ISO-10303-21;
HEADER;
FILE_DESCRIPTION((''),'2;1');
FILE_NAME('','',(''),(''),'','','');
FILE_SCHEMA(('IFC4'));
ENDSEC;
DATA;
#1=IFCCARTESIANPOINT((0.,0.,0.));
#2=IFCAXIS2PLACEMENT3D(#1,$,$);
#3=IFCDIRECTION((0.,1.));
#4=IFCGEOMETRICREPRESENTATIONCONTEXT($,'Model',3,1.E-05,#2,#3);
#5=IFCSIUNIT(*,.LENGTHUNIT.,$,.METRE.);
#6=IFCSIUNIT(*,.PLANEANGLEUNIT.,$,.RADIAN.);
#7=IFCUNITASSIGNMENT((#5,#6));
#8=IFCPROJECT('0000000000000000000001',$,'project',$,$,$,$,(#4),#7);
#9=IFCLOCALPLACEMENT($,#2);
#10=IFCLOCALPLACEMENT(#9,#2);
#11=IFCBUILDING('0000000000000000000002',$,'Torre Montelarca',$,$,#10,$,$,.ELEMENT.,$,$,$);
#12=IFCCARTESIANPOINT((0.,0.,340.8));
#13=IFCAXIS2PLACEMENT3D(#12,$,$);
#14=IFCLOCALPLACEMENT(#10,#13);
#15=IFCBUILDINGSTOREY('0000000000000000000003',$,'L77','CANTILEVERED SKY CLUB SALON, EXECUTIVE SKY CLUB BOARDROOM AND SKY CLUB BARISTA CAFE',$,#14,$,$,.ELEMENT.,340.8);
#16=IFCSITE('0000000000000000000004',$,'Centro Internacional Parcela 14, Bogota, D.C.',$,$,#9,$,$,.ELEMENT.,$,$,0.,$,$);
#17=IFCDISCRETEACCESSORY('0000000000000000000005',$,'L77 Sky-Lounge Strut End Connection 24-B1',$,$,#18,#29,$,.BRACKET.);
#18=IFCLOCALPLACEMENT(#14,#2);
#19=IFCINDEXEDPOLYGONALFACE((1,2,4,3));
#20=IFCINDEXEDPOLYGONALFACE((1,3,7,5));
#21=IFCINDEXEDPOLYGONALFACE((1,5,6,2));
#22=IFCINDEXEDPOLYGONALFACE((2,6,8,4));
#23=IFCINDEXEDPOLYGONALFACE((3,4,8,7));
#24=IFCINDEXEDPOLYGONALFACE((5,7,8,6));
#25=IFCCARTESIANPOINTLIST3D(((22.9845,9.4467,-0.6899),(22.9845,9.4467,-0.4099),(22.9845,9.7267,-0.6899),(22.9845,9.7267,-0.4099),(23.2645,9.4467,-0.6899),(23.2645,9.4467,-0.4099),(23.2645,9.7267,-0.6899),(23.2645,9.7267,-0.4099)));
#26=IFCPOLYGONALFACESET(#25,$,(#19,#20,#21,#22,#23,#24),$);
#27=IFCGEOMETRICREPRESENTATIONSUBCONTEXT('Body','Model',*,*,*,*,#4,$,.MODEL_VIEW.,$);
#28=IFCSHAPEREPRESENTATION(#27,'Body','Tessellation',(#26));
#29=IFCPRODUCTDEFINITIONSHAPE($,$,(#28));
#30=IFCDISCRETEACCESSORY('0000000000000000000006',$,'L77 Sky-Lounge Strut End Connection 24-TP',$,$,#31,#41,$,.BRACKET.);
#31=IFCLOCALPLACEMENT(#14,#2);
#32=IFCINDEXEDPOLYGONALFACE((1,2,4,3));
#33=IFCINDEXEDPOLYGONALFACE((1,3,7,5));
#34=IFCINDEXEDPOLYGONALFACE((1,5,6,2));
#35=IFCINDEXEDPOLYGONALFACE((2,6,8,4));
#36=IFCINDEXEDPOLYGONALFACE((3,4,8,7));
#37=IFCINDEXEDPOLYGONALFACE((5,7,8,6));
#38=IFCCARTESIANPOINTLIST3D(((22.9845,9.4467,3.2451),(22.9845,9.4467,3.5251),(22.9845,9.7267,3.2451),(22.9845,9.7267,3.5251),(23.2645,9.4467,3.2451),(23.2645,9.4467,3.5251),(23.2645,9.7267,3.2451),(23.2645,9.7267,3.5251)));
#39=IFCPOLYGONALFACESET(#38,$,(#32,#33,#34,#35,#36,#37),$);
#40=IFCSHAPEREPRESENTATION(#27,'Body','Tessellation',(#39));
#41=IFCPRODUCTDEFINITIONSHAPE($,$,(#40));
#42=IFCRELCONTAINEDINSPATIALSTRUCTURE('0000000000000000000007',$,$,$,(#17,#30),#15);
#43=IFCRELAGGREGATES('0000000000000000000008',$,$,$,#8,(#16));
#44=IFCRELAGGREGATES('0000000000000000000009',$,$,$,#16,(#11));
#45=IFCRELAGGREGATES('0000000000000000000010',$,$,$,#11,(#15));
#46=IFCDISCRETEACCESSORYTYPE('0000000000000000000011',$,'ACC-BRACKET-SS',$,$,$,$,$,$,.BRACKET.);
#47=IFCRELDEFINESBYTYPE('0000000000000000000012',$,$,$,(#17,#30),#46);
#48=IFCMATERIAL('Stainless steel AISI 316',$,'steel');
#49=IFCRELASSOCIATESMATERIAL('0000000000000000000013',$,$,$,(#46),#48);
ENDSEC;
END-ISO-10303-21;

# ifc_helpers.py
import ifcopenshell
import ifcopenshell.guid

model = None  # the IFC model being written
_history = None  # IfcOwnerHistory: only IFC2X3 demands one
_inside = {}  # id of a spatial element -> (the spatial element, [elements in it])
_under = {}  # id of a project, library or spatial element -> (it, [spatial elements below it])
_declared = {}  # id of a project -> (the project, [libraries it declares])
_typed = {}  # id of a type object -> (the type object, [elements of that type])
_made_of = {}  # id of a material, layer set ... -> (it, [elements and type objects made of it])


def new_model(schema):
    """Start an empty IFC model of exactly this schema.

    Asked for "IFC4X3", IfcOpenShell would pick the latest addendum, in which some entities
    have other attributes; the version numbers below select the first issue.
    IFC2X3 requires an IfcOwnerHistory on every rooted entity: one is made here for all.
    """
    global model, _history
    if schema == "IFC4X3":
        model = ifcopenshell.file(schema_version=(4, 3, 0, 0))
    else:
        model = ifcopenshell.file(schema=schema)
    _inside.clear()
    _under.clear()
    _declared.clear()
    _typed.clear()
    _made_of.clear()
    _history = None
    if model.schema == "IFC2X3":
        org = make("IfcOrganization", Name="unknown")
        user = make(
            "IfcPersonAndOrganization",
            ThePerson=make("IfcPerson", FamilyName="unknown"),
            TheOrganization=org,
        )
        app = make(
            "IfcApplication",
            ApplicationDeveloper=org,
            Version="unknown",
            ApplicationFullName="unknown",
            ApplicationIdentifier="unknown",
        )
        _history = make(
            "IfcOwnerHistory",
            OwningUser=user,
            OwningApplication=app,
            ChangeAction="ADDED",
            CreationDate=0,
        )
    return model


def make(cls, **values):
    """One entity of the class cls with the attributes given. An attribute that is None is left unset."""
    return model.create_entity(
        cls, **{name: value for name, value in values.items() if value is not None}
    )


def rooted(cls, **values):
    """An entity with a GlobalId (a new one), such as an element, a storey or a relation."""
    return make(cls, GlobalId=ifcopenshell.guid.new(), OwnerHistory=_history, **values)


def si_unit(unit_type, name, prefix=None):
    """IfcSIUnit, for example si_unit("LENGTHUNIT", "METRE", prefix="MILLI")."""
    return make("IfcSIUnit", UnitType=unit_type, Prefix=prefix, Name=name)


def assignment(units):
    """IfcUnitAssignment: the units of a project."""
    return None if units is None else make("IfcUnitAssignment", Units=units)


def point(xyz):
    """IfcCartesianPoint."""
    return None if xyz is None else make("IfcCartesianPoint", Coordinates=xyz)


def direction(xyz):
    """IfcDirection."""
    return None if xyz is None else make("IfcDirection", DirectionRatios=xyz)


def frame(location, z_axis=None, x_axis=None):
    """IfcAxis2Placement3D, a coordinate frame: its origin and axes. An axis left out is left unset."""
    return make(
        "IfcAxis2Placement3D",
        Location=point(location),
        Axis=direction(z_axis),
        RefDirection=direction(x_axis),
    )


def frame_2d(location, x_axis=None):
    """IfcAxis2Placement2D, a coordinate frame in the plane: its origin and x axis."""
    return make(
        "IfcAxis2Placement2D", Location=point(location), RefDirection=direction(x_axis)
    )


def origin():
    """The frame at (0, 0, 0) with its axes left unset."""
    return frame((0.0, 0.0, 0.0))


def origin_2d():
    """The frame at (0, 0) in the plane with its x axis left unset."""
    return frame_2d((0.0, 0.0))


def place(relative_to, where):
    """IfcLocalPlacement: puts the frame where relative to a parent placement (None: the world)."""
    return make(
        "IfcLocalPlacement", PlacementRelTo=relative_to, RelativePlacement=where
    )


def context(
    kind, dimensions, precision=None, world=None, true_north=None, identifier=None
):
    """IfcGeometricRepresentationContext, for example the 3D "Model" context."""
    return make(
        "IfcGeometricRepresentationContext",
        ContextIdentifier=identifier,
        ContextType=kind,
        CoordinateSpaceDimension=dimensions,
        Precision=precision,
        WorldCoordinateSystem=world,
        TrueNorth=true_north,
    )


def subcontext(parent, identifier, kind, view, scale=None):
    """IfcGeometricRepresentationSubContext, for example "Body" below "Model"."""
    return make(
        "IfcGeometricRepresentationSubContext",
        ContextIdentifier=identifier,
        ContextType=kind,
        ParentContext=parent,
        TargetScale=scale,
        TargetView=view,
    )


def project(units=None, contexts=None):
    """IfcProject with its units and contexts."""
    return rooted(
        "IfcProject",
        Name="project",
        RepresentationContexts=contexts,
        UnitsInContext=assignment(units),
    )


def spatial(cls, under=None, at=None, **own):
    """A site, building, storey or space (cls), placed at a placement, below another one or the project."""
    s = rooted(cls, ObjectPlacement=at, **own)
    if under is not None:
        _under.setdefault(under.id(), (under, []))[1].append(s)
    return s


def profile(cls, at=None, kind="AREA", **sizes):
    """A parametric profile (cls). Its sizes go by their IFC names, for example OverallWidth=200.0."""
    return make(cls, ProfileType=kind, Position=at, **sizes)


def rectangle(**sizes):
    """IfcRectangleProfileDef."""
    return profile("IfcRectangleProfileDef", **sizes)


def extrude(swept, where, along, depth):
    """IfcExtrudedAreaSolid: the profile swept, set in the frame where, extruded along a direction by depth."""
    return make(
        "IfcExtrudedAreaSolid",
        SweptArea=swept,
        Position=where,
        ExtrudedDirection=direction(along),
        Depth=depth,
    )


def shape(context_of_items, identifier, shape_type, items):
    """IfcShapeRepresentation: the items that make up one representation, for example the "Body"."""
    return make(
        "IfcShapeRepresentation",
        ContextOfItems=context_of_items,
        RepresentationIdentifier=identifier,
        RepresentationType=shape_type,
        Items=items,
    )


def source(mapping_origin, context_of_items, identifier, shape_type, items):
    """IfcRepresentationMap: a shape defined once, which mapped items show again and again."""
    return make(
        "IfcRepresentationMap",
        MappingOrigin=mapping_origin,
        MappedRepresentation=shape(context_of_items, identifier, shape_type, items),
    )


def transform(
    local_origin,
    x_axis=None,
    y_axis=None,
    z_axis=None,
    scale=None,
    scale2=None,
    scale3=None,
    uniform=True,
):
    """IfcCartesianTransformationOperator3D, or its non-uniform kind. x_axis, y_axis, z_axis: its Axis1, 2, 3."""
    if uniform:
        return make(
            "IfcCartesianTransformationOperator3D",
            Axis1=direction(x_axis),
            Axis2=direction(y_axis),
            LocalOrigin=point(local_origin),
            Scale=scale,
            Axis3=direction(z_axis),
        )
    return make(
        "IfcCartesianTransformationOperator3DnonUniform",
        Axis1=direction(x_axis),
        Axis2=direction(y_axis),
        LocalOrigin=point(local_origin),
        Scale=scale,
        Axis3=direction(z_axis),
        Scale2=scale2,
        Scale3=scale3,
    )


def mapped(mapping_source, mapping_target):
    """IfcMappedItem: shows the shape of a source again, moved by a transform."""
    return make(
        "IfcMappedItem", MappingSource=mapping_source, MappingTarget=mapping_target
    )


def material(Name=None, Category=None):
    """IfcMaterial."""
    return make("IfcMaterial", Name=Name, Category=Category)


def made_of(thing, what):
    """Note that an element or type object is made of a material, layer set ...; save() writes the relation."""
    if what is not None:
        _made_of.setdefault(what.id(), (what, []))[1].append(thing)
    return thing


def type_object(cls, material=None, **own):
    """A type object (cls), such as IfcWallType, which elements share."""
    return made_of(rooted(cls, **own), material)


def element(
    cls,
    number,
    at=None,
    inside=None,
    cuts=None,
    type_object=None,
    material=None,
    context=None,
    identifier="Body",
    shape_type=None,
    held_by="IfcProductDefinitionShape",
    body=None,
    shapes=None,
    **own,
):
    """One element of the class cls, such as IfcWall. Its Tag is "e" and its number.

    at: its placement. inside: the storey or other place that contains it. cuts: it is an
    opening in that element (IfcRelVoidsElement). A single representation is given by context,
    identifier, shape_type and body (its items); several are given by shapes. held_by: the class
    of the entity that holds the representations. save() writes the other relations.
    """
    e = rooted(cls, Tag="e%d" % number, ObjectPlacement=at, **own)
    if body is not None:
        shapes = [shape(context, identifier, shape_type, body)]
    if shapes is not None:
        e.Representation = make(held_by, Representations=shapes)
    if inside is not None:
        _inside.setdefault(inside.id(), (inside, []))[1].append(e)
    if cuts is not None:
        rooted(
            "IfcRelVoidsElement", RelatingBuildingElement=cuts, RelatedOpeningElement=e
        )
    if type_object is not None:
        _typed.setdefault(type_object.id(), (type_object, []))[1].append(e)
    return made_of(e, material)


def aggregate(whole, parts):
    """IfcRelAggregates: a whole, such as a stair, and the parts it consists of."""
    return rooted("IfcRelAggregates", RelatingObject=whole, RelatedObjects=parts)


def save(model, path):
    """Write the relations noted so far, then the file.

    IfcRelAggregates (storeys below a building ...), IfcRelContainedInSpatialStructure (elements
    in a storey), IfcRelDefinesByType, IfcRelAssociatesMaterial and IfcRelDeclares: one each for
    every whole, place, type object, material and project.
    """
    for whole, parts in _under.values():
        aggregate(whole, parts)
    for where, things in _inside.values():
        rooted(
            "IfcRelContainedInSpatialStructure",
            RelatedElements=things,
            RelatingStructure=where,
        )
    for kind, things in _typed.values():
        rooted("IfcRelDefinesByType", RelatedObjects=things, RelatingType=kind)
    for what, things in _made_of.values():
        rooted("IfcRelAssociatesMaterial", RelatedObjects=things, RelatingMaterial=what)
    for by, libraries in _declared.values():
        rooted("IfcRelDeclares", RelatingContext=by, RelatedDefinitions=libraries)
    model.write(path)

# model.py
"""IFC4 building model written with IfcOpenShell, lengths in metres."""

from ifc_helpers import new_model, si_unit, direction, frame, origin, origin_2d, place, context, subcontext, project, spatial, rectangle, extrude, source, transform, mapped, material, type_object, element, save


model = new_model("IFC4")

# Units and contexts
model_context = context("Model", 3, precision=1e-05, world=origin(), true_north=direction((0.0, 1.0)))
body_context = subcontext(model_context, "Body", "Model", "MODEL_VIEW")
ifc_project = project(units=[si_unit("LENGTHUNIT", "METRE"), si_unit("PLANEANGLEUNIT", "RADIAN")], contexts=[model_context])

# Site, building, storey
site_placement = place(None, origin())
site = spatial("IfcSite", under=ifc_project, at=site_placement, Name="Centro Internacional Parcela 14, Bogota, D.C.", CompositionType="ELEMENT", RefElevation=0.0)
building_placement = place(site_placement, origin())
building = spatial("IfcBuilding", under=site, at=building_placement, Name="Torre Montelarca", CompositionType="ELEMENT")
storey_placement = place(building_placement, frame((0.0, 0.0, 340.8)))
storey = spatial("IfcBuildingStorey", under=building, at=storey_placement, Name="L77", Description="CANTILEVERED SKY CLUB SALON, EXECUTIVE SKY CLUB BOARDROOM AND SKY CLUB BARISTA CAFE", CompositionType="ELEMENT", Elevation=340.8)

# Discrete accessories
ifc_material_1 = material(Name="Stainless steel AISI 316", Category="steel")
discrete_accessory_type = type_object("IfcDiscreteAccessoryType", Name="ACC-BRACKET-SS", PredefinedType="BRACKET", material=ifc_material_1)
shared_shape_1 = source(origin(), body_context, "Body", "SweptSolid", [
    extrude(rectangle(XDim=0.28, YDim=0.28, at=origin_2d()), origin(), (0.0, 0.0, 1.0), 0.28),
])
for number, where, z_axis, x_axis, name in (
    (1, (23.1245, 9.5867, -0.6899), (0.0, 0.0, 1.0), (1.0, 0.0, 0.0), "L77 Sky-Lounge Strut End Connection 24-B1"),
    (2, (23.1245, 9.5867, 3.2451), (0.0, 0.0, 1.0), (1.0, 0.0, 0.0), "L77 Sky-Lounge Strut End Connection 24-TP"),
):
    element("IfcDiscreteAccessory", number, at=place(storey_placement, frame(where, z_axis=z_axis, x_axis=x_axis)), inside=storey, type_object=discrete_accessory_type, Name=name, PredefinedType="BRACKET", context=body_context, shape_type="MappedRepresentation", body=[
        mapped(shared_shape_1, transform((0.0, 0.0, 0.0), scale=1.0)),
    ])

save(model, "model.ifc")
